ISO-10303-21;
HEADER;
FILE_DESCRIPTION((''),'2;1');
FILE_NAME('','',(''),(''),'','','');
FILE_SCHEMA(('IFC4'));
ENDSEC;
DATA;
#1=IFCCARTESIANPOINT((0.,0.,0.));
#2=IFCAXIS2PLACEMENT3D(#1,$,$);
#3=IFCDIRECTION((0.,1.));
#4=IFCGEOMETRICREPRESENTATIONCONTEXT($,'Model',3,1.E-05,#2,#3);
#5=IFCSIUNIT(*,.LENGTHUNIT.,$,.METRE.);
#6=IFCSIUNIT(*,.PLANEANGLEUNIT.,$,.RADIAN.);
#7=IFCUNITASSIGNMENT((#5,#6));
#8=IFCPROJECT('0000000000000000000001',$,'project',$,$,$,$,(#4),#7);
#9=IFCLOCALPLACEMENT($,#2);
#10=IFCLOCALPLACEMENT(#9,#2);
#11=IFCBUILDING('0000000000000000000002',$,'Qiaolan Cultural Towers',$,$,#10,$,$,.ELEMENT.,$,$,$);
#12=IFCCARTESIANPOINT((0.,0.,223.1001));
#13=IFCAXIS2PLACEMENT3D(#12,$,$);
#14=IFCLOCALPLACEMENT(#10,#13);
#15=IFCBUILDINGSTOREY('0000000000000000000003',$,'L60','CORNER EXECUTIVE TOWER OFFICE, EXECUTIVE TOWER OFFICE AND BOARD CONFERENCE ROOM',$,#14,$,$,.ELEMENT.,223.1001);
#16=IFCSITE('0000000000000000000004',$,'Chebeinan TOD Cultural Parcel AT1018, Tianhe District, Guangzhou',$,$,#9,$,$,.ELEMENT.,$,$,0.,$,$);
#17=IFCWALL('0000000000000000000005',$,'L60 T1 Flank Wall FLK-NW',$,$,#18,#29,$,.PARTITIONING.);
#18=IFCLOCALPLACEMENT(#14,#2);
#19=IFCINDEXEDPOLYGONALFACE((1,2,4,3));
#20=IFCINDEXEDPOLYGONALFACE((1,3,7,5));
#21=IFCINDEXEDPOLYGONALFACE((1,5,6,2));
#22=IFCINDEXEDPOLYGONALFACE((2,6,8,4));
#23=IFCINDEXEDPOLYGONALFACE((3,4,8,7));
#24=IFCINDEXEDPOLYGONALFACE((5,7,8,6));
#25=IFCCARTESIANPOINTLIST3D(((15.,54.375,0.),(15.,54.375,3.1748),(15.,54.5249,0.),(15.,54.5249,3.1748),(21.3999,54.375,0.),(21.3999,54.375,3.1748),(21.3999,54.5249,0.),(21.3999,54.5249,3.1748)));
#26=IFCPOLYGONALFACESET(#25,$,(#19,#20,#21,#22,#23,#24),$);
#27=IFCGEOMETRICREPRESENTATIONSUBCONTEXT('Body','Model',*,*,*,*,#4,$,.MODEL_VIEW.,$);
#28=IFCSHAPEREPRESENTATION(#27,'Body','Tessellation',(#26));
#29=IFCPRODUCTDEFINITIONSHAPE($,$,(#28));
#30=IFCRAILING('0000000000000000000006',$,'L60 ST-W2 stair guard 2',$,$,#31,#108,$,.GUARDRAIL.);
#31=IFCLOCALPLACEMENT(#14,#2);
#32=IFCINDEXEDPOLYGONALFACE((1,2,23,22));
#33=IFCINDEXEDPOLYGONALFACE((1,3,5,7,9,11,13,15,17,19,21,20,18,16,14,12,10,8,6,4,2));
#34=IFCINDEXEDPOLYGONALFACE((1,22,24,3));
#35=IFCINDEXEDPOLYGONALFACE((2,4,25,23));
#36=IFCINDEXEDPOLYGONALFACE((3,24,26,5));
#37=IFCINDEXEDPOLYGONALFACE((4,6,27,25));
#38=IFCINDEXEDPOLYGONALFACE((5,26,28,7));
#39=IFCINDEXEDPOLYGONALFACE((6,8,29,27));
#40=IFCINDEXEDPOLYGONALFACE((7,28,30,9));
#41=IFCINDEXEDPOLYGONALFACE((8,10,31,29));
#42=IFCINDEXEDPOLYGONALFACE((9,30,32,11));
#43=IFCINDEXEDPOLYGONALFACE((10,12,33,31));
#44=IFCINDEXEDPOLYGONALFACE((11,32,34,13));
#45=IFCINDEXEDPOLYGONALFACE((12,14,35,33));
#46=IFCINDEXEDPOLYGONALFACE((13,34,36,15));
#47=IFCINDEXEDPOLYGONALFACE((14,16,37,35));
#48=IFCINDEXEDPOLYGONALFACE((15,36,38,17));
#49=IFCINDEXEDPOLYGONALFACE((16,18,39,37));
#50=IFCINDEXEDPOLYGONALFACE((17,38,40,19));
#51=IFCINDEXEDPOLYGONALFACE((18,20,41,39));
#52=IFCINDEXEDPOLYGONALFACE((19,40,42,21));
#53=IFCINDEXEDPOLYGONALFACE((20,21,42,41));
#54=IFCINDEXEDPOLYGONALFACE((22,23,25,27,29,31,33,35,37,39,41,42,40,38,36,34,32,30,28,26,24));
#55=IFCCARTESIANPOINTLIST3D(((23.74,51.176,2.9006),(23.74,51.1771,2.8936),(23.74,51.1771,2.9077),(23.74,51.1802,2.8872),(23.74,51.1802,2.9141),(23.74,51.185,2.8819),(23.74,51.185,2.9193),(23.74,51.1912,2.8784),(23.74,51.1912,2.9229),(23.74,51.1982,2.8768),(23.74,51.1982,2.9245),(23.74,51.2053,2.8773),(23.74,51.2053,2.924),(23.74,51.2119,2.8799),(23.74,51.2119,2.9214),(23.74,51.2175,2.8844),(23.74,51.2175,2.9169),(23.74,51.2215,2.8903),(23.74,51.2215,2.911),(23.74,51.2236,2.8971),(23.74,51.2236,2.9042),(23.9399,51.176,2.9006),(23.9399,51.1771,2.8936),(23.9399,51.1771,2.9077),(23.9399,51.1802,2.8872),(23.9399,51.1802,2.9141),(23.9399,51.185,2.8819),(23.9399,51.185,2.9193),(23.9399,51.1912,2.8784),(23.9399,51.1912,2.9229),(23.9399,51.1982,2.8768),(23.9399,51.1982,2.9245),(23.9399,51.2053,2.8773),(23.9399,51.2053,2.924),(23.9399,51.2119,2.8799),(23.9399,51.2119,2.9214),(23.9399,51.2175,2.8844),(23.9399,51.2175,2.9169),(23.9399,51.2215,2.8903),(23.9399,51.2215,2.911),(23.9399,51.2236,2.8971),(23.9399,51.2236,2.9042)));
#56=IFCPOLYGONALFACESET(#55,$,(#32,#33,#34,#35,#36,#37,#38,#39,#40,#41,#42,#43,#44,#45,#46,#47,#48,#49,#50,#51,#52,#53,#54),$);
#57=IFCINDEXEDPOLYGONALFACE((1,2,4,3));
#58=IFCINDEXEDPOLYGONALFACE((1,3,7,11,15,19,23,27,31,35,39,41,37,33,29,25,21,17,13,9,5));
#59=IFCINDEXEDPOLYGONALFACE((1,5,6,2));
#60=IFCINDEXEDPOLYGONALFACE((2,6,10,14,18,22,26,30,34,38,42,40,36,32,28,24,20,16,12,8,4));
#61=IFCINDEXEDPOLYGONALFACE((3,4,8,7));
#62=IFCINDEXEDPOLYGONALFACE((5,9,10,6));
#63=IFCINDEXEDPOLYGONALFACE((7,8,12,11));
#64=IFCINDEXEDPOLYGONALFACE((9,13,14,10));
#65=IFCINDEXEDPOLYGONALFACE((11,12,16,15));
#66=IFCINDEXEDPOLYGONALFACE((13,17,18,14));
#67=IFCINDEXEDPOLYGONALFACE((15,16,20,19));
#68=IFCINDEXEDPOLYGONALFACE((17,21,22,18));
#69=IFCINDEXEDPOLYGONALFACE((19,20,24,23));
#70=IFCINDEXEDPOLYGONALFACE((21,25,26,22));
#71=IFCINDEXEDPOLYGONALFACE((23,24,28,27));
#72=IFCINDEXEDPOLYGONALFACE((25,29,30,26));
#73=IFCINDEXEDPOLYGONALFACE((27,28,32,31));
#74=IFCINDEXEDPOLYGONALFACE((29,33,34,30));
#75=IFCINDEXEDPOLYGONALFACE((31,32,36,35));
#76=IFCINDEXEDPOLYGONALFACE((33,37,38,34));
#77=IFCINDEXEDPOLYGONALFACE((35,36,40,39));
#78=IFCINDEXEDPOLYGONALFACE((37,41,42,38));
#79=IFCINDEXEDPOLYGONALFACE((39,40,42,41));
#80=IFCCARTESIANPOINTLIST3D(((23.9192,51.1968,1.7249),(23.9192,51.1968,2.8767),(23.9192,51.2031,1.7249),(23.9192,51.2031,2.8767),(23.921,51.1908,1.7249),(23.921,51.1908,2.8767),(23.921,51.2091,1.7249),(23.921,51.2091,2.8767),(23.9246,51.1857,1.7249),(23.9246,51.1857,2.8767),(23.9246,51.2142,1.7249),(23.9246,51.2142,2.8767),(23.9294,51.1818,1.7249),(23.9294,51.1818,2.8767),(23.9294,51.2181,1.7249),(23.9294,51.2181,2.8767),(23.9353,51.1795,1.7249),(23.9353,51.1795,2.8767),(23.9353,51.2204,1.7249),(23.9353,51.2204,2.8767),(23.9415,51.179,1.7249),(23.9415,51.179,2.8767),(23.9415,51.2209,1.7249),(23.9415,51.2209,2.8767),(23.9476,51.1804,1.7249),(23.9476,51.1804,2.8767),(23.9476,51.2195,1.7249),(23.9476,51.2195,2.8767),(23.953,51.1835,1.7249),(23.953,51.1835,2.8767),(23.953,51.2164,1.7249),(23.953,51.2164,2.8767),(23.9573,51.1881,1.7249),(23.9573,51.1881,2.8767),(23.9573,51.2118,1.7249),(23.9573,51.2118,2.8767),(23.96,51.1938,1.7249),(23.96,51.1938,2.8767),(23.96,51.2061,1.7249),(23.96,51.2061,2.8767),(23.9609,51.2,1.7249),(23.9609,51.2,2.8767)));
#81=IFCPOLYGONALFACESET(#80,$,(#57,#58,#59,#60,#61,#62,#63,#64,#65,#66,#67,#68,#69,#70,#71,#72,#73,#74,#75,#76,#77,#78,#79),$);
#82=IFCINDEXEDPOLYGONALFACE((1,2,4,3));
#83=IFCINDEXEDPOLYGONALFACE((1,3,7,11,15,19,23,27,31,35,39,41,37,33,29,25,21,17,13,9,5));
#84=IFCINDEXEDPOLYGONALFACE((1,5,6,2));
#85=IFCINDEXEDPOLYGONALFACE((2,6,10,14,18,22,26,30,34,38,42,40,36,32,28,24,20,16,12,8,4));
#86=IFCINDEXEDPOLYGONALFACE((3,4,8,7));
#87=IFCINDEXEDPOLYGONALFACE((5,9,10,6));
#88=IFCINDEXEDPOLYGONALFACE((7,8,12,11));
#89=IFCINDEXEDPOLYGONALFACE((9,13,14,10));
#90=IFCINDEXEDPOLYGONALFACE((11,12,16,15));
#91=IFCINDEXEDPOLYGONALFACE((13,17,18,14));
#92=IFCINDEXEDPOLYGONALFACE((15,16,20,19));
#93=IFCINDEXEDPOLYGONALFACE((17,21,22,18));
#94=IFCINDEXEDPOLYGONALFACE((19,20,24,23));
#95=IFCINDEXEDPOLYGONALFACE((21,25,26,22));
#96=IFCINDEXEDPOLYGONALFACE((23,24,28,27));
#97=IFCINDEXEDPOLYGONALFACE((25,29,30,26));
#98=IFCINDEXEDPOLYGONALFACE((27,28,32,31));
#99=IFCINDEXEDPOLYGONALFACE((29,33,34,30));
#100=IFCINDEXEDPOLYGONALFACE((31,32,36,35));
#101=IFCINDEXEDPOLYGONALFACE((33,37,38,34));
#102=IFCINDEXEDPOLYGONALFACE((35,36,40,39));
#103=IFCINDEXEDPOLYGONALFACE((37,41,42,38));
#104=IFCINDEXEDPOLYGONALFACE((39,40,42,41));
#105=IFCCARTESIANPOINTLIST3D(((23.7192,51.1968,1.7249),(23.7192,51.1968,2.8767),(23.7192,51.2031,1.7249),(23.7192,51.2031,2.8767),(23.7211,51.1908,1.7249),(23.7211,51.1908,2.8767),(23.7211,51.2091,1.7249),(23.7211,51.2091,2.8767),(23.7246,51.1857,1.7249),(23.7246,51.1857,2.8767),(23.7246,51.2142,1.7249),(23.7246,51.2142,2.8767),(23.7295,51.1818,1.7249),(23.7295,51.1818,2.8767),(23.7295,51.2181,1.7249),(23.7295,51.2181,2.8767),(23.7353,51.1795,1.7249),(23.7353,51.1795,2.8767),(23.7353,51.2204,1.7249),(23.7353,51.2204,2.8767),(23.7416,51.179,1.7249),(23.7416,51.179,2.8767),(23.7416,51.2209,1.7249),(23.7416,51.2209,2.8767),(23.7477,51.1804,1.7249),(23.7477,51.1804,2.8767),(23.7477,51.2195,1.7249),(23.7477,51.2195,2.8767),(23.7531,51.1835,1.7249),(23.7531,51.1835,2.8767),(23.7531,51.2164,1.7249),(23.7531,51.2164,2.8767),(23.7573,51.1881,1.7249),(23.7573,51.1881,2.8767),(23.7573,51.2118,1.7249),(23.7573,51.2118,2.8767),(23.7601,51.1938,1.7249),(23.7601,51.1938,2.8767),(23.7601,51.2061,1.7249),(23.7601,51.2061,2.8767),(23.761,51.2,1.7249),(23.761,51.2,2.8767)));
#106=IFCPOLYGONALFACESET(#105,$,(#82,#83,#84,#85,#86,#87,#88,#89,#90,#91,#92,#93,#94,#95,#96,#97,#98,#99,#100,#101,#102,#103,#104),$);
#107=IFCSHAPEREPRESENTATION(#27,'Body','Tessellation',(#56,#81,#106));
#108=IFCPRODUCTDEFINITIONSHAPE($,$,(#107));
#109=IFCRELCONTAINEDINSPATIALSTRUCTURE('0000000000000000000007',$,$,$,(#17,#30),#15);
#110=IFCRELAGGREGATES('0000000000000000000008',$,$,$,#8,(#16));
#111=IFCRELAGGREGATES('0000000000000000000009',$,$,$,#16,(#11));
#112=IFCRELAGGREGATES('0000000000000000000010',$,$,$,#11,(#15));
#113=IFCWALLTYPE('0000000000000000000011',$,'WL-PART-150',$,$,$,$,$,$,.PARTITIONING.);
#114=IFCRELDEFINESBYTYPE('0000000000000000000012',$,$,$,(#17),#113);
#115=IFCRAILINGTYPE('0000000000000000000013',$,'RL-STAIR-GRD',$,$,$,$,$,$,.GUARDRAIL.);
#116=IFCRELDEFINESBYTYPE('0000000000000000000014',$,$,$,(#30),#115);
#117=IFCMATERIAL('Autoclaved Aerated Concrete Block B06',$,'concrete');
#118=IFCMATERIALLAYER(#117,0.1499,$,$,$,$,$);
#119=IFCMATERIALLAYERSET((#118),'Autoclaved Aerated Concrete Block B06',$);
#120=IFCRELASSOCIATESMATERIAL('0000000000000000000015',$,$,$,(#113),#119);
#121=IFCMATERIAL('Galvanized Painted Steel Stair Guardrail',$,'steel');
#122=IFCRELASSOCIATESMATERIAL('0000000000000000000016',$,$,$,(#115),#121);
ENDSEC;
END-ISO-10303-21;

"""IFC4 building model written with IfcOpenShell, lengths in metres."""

from ifc_helpers import new_model, si_unit, direction, frame, frame_2d, origin, origin_2d, place, context, subcontext, project, spatial, rectangle, circle, extrude, material, layer, layer_set, type_object, element, save


model = new_model("IFC4")

# Units and contexts
model_context = context("Model", 3, precision=1e-05, world=origin(), true_north=direction((0.0, 1.0)))
body_context = subcontext(model_context, "Body", "Model", "MODEL_VIEW")
ifc_project = project(units=[si_unit("LENGTHUNIT", "METRE"), si_unit("PLANEANGLEUNIT", "RADIAN")], contexts=[model_context])

# Site, building, storey
site_placement = place(None, origin())
site = spatial("IfcSite", under=ifc_project, at=site_placement, Name="Chebeinan TOD Cultural Parcel AT1018, Tianhe District, Guangzhou", CompositionType="ELEMENT", RefElevation=0.0)
building_placement = place(site_placement, origin())
building = spatial("IfcBuilding", under=site, at=building_placement, Name="Qiaolan Cultural Towers", CompositionType="ELEMENT")
storey_placement = place(building_placement, frame((0.0, 0.0, 223.1001)))
storey = spatial("IfcBuildingStorey", under=building, at=storey_placement, Name="L60", Description="CORNER EXECUTIVE TOWER OFFICE, EXECUTIVE TOWER OFFICE AND BOARD CONFERENCE ROOM", CompositionType="ELEMENT", Elevation=223.1001)

# Wall
ifc_material_1 = material(Name="Autoclaved Aerated Concrete Block B06", Category="concrete")
ifc_layer_1 = layer(ifc_material_1, 0.1499)
ifc_layer_set_1 = layer_set([ifc_layer_1], Name="Autoclaved Aerated Concrete Block B06")
wall_type_1 = type_object("IfcWallType", Name="WL-PART-150", PredefinedType="PARTITIONING", material=ifc_layer_set_1)
wall_1_placement = place(storey_placement, frame((15.0, 54.45, 0.0), z_axis=(0.0, 0.0, 1.0), x_axis=(1.0, 0.0, 0.0)))
element("IfcWall", 1, at=wall_1_placement, inside=storey, type_object=wall_type_1, Name="L60 T1 Flank Wall FLK-NW", PredefinedType="PARTITIONING", context=body_context, shape_type="SweptSolid", body=[
    extrude(rectangle(XDim=6.3999, YDim=0.1499, at=frame_2d((3.2, 0.0))), origin(), (0.0, 0.0, 1.0), 3.1748),
])

# Railing
ifc_material_2 = material(Name="Galvanized Painted Steel Stair Guardrail", Category="steel")
railing_type = type_object("IfcRailingType", Name="RL-STAIR-GRD", PredefinedType="GUARDRAIL", material=ifc_material_2)
railing_placement = place(storey_placement, frame((23.9399, 51.2, 1.7249)))
element("IfcRailing", 2, at=railing_placement, inside=storey, type_object=railing_type, Name="L60 ST-W2 stair guard 2", PredefinedType="GUARDRAIL", context=body_context, shape_type="SweptSolid", body=[
    extrude(circle(Radius=0.0239, at=origin_2d()), frame((0.0, 0.0, 1.1758), z_axis=(-1.0, 0.0, 0.0), x_axis=(0.0, -1.0, 0.0)), (0.0, 0.0, 1.0), 0.2),
    extrude(circle(Radius=0.021, at=origin_2d()), origin(), (0.0, 0.0, 1.0), 1.1519),
    extrude(circle(Radius=0.021, at=origin_2d()), frame((-0.2, 0.0, 0.0)), (0.0, 0.0, 1.0), 1.1519),
])

save(model, "model.ifc")
